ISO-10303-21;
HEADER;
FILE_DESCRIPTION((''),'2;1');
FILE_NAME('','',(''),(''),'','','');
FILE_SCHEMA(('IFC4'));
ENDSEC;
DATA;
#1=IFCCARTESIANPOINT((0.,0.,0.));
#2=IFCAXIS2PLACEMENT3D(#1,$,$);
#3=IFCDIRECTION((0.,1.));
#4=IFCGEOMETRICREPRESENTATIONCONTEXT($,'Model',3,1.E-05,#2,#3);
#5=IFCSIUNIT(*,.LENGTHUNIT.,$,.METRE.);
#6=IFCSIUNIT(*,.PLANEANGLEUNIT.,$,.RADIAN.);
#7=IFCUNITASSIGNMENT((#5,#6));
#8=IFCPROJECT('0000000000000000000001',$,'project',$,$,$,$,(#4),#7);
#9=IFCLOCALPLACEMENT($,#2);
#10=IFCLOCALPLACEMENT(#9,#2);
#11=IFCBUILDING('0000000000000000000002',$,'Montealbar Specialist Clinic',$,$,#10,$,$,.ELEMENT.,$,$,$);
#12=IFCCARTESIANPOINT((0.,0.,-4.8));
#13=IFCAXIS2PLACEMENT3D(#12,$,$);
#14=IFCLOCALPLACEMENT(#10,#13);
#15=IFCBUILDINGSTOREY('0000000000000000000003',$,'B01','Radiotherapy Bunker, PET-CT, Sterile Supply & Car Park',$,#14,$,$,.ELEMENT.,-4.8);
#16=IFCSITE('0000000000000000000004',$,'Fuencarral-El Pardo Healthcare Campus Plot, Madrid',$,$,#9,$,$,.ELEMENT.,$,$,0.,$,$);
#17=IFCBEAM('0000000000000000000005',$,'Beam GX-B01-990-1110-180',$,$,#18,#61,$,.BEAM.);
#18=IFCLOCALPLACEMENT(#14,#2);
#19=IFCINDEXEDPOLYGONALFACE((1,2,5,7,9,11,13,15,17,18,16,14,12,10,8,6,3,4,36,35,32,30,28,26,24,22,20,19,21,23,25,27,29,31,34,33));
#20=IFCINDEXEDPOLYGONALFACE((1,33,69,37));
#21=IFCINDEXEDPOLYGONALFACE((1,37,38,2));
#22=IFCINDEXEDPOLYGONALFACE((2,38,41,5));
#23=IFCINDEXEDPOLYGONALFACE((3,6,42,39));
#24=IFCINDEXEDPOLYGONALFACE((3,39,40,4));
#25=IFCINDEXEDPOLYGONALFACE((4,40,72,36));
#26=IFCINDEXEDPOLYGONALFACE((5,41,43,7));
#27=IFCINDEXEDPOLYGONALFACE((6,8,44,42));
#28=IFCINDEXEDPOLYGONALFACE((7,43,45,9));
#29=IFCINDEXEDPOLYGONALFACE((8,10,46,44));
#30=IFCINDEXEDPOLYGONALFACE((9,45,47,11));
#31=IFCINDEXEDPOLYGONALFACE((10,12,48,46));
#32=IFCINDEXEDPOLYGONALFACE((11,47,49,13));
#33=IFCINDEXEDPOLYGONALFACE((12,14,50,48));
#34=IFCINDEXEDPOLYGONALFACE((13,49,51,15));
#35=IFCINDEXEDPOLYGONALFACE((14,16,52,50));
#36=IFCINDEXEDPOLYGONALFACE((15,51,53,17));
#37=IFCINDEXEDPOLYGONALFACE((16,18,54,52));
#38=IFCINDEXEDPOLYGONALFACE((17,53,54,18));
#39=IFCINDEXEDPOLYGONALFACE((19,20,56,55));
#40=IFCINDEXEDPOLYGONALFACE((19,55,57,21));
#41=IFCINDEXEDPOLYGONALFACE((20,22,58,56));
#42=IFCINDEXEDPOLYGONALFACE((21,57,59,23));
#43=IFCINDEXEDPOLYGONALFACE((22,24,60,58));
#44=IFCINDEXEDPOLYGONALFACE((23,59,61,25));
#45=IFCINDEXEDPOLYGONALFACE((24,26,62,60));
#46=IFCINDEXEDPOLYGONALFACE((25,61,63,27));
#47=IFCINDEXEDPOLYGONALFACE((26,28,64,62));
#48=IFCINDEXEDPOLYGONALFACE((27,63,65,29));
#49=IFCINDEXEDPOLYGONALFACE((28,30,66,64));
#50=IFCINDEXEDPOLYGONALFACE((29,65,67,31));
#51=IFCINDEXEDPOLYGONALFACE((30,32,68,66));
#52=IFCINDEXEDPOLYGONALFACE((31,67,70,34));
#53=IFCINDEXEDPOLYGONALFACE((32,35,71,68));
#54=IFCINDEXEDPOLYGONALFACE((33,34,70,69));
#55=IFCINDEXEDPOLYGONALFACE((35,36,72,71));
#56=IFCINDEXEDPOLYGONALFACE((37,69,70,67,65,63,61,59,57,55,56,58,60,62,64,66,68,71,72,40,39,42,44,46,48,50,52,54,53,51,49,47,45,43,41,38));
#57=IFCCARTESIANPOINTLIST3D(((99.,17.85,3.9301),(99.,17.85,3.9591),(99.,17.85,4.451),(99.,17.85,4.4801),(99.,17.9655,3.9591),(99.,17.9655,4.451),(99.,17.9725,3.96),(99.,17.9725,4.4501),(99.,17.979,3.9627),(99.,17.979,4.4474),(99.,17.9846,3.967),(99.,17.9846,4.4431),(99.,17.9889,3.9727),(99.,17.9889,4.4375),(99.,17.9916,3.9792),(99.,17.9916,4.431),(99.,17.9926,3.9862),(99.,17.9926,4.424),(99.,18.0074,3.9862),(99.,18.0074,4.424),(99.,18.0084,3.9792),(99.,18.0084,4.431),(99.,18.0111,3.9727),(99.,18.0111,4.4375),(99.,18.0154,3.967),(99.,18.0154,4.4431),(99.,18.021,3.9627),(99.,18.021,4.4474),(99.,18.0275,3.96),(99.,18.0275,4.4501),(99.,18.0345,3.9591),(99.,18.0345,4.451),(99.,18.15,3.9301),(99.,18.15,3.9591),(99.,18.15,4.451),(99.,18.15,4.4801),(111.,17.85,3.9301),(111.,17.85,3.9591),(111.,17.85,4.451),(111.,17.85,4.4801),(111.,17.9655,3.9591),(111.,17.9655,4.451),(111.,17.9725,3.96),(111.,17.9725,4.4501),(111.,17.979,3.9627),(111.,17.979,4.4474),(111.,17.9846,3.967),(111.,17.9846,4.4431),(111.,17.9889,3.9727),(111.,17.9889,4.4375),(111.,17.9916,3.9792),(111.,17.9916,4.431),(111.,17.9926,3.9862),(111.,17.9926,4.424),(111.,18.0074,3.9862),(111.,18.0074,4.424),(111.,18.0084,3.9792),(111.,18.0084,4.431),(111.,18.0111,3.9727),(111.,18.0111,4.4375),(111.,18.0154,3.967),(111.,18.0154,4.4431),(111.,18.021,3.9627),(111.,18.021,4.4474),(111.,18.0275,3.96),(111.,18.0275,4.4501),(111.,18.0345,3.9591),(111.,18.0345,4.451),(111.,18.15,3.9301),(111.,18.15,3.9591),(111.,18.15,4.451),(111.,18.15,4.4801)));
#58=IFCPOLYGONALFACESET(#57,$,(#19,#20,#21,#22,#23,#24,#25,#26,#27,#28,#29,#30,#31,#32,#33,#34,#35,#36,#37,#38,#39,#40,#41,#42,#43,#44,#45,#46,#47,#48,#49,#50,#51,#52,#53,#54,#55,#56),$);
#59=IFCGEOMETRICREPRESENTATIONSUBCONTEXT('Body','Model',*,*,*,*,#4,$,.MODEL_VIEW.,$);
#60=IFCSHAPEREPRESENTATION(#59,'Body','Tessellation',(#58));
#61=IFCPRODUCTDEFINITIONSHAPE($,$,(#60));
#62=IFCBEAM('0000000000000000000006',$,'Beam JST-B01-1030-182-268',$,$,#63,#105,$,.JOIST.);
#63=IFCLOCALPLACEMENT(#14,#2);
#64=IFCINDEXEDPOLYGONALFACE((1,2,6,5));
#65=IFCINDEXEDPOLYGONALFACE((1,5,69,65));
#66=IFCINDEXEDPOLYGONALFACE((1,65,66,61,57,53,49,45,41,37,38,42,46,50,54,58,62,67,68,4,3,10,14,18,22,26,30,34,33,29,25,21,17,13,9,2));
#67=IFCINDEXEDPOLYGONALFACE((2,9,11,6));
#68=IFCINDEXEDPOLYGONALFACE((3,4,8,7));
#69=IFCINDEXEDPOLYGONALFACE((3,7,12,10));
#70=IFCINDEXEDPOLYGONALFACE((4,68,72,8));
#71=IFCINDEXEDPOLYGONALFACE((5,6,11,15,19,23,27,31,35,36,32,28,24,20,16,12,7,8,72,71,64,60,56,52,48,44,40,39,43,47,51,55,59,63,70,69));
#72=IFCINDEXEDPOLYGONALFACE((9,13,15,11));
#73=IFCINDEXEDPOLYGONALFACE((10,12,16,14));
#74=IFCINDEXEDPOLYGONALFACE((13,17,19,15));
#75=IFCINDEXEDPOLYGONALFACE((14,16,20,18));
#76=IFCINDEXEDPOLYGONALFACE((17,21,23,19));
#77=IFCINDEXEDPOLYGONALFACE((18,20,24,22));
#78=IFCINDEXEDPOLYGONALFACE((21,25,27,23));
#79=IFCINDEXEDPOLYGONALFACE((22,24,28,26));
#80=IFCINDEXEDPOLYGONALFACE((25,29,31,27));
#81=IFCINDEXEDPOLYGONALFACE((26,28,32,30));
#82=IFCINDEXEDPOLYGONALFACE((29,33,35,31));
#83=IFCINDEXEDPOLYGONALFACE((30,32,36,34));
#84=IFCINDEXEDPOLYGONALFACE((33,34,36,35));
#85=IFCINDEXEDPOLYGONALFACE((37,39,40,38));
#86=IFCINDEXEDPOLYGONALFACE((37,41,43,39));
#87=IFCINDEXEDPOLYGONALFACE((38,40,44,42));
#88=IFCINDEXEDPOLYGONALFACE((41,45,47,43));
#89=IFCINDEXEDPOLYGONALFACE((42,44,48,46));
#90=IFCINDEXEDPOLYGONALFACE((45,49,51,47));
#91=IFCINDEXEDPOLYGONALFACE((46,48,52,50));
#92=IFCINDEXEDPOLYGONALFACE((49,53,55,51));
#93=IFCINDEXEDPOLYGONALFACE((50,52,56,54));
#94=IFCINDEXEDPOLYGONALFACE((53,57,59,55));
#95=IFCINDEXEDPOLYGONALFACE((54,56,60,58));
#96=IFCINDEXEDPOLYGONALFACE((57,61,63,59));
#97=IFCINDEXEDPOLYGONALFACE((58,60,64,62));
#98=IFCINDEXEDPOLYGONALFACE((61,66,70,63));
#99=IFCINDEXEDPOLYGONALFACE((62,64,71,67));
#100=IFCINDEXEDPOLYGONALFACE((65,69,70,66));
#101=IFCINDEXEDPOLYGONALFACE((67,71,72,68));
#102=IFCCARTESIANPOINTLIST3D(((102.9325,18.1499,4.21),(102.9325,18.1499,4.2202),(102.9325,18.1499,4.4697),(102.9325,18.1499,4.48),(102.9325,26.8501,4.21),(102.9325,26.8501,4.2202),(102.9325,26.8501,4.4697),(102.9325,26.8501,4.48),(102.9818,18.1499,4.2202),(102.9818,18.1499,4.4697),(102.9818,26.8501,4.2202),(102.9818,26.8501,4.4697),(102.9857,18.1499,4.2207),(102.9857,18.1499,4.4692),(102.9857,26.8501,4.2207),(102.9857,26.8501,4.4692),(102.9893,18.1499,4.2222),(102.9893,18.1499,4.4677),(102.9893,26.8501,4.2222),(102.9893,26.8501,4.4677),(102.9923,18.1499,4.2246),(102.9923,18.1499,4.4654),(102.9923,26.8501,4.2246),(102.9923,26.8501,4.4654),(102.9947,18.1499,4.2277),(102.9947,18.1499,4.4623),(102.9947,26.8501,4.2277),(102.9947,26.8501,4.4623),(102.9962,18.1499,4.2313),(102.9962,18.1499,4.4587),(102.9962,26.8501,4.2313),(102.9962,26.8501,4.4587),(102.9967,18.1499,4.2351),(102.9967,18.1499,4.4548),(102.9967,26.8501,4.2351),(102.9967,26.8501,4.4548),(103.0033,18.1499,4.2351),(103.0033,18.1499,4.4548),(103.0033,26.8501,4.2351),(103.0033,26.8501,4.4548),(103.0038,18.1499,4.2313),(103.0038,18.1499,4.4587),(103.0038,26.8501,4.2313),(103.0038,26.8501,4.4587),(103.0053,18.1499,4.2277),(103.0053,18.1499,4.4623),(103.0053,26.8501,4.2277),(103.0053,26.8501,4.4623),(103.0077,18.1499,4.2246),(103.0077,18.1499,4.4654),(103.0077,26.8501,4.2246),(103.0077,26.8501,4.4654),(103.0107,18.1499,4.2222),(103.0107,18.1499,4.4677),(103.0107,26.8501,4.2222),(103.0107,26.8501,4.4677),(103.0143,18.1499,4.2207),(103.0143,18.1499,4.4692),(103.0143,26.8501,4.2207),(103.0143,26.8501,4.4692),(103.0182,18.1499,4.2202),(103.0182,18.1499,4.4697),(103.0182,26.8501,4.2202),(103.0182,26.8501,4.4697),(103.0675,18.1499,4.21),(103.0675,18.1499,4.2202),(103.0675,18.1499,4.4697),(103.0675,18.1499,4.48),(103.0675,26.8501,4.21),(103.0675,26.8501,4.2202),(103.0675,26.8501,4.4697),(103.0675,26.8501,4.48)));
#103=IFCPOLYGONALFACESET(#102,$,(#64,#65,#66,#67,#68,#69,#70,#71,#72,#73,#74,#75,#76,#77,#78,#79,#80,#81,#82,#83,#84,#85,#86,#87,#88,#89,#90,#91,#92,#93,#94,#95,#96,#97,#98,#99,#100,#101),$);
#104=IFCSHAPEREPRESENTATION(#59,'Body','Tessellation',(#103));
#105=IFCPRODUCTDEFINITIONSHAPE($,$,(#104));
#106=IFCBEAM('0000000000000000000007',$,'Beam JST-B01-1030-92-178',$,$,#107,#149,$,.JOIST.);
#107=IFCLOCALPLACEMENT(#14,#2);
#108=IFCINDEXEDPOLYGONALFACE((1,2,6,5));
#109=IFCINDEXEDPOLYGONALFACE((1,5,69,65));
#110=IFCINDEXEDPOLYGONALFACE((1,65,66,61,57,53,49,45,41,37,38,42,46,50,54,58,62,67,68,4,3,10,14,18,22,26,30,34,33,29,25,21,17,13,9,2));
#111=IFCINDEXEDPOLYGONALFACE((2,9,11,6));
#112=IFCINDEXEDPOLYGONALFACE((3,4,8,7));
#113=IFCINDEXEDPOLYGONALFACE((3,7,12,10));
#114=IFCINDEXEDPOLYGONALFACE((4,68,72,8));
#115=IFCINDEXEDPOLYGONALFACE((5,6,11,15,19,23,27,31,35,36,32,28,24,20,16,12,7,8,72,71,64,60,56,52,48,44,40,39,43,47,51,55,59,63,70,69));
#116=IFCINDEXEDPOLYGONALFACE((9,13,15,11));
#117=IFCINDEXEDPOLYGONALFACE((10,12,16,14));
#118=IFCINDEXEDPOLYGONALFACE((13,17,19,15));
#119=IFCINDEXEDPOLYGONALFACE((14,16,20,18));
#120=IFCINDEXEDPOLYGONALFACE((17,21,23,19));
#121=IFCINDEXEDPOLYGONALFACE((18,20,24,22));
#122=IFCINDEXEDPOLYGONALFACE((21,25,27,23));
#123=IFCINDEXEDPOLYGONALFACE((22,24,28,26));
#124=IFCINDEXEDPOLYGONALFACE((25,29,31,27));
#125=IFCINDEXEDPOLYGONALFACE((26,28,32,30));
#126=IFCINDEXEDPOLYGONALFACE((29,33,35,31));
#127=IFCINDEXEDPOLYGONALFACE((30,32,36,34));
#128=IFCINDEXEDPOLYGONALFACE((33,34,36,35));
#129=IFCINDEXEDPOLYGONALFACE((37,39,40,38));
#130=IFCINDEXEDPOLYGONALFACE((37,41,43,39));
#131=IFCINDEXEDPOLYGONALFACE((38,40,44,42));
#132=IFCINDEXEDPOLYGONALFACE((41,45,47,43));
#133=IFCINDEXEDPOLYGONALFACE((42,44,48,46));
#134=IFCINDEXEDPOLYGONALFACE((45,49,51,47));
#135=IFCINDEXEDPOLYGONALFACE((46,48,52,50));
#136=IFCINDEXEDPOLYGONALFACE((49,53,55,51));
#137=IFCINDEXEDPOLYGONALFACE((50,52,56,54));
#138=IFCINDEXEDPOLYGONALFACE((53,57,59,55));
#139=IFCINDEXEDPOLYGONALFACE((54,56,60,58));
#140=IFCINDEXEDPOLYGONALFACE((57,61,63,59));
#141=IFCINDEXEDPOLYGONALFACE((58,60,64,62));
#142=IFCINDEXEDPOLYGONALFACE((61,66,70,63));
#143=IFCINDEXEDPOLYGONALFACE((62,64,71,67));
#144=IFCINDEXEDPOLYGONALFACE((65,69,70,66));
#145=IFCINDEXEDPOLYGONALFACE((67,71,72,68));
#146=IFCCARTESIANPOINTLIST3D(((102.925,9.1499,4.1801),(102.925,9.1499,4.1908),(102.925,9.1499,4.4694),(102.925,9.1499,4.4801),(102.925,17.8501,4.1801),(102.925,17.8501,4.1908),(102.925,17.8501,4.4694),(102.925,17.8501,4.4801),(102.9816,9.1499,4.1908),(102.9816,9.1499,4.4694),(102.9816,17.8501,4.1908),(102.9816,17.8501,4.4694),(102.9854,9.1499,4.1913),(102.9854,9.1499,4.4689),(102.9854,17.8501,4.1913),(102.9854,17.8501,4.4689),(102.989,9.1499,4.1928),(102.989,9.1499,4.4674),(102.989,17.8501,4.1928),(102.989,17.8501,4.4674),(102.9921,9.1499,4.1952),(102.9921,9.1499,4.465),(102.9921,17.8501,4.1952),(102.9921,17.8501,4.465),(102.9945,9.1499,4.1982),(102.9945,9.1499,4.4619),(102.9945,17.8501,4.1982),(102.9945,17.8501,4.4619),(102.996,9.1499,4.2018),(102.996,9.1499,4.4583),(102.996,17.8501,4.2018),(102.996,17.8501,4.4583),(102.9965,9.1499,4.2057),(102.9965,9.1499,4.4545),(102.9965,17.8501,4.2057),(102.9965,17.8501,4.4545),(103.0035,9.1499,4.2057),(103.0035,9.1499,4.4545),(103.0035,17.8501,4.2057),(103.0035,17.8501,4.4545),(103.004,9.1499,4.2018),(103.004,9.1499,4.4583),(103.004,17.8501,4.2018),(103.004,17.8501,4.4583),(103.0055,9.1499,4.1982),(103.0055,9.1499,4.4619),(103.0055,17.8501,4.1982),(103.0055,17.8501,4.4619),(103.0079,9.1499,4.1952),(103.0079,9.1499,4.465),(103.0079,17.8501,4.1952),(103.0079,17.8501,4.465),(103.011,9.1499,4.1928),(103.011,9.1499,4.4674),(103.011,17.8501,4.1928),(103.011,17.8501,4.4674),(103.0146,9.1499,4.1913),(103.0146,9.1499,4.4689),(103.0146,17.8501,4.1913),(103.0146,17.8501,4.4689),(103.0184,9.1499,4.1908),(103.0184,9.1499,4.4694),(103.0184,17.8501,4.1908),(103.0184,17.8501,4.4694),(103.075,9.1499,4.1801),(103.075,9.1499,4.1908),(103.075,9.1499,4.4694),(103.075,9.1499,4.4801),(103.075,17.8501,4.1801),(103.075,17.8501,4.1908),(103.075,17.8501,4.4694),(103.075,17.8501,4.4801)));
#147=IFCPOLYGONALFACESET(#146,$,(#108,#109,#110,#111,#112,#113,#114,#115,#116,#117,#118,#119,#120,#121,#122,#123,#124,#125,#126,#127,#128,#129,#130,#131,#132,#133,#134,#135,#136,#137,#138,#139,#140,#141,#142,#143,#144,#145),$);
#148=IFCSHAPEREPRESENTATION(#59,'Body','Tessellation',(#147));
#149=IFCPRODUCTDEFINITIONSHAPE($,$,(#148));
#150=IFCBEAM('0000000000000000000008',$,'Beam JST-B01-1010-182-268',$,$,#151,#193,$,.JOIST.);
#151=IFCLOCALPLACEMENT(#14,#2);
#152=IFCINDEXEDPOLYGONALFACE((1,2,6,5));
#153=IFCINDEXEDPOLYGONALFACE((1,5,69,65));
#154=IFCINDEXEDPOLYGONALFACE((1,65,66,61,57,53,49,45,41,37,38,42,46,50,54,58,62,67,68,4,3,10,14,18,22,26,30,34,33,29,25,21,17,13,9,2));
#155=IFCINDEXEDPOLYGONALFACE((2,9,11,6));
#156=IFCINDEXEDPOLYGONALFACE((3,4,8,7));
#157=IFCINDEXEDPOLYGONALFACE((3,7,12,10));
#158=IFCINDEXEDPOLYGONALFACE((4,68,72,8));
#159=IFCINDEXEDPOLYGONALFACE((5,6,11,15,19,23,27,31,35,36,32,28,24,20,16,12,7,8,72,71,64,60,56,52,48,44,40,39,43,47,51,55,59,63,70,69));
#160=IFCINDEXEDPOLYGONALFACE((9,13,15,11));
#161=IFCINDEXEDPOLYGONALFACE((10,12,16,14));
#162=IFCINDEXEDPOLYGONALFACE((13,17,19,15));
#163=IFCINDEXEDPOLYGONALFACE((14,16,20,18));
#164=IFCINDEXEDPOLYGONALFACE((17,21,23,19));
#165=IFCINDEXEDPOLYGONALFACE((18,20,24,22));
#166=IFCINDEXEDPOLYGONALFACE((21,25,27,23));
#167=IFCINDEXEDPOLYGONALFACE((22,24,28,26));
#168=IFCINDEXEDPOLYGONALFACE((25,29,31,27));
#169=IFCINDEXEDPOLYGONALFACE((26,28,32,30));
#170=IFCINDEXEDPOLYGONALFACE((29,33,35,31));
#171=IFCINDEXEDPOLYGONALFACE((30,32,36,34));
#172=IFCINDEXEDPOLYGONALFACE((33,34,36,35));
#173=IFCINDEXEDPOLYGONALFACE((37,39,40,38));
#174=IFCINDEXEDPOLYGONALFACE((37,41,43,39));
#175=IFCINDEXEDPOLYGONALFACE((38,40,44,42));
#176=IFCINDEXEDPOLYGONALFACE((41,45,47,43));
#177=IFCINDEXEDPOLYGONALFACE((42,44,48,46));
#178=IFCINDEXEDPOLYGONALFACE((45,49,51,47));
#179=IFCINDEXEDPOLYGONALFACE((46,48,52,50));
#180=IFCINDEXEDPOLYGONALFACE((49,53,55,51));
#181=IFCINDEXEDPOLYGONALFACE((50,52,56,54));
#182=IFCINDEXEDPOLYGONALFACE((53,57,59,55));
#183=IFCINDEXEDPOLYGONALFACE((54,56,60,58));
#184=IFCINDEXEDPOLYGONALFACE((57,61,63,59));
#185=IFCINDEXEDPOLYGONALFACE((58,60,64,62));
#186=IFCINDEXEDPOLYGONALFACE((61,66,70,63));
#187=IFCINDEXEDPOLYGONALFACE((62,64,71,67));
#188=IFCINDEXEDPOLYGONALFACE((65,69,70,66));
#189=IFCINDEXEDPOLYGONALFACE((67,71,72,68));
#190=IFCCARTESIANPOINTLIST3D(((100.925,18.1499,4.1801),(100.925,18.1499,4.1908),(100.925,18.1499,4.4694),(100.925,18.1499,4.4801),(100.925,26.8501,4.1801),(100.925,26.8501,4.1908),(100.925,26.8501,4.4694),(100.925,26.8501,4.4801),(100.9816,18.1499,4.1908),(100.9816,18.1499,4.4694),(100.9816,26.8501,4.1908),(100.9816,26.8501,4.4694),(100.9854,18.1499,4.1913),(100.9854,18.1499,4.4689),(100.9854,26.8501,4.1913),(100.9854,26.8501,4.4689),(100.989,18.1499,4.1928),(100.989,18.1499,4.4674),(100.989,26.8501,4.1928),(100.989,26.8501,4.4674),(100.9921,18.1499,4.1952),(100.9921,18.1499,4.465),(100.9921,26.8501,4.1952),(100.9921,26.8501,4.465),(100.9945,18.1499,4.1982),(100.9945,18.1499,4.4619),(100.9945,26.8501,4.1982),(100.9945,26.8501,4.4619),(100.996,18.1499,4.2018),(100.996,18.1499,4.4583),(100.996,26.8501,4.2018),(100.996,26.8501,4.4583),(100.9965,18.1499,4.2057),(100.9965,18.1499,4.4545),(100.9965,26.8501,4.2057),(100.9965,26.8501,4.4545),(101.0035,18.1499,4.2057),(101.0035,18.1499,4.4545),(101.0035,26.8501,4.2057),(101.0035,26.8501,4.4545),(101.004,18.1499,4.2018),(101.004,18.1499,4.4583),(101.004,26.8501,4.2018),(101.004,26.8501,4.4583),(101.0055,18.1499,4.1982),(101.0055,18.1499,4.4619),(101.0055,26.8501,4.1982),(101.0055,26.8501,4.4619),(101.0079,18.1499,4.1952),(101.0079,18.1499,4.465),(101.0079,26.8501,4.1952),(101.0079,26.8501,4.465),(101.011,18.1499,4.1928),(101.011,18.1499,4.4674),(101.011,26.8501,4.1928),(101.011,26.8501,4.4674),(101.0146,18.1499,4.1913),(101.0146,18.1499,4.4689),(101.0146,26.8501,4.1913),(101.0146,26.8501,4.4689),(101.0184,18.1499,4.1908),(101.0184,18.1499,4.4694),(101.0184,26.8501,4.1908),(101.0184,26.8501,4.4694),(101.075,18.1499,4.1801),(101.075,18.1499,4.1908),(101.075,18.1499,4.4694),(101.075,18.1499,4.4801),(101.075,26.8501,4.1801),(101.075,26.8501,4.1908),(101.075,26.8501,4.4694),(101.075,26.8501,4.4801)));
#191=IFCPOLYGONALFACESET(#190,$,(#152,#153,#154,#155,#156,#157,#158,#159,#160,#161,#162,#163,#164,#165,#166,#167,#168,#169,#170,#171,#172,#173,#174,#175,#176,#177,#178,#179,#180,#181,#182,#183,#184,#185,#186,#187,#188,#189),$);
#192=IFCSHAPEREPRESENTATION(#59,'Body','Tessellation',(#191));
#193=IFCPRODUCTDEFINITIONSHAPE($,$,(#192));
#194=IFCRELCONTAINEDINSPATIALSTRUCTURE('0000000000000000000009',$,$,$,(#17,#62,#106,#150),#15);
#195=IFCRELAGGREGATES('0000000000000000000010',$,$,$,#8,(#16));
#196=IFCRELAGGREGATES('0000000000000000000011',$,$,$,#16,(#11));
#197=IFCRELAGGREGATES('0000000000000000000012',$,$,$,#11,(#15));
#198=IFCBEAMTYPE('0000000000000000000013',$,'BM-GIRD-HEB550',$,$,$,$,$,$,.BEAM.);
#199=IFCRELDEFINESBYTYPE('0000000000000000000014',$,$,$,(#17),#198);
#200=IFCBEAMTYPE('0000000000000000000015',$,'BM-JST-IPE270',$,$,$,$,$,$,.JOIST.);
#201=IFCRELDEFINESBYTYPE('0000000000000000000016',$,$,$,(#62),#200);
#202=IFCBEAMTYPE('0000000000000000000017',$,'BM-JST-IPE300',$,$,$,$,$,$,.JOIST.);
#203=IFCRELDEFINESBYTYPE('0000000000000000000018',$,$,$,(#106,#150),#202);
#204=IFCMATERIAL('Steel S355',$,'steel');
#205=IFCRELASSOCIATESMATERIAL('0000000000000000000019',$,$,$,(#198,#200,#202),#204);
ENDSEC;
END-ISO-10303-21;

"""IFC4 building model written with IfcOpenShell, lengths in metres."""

from ifc_helpers import new_model, si_unit, direction, frame, origin, origin_2d, place, context, subcontext, project, spatial, i_section, extrude, material, material_profile, profile_set, type_object, element, save


model = new_model("IFC4")

# Units and contexts
model_context = context("Model", 3, precision=1e-05, world=origin(), true_north=direction((0.0, 1.0)))
body_context = subcontext(model_context, "Body", "Model", "MODEL_VIEW")
ifc_project = project(units=[si_unit("LENGTHUNIT", "METRE"), si_unit("PLANEANGLEUNIT", "RADIAN")], contexts=[model_context])

# Site, building, storey
site_placement = place(None, origin())
site = spatial("IfcSite", under=ifc_project, at=site_placement, Name="Fuencarral-El Pardo Healthcare Campus Plot, Madrid", CompositionType="ELEMENT", RefElevation=0.0)
building_placement = place(site_placement, origin())
building = spatial("IfcBuilding", under=site, at=building_placement, Name="Montealbar Specialist Clinic", CompositionType="ELEMENT")
storey_placement = place(building_placement, frame((0.0, 0.0, -4.8)))
storey = spatial("IfcBuildingStorey", under=building, at=storey_placement, Name="B01", Description="Radiotherapy Bunker, PET-CT, Sterile Supply & Car Park", CompositionType="ELEMENT", Elevation=-4.8)

# Shared definitions
ifc_material_1 = material(Name="Steel S355", Category="steel")

# Beams
ifc_material_profile_1 = material_profile(ifc_material_1, i_section(OverallWidth=0.3, OverallDepth=0.55, WebThickness=0.0149, FlangeThickness=0.0291, FilletRadius=0.0271, at=origin_2d()), Name="HEB 550", Category="steel")
ifc_profile_set_1 = profile_set([ifc_material_profile_1], Name="Steel S355")
beam_type_1 = type_object("IfcBeamType", Name="BM-GIRD-HEB550", PredefinedType="BEAM", material=ifc_profile_set_1)
beam_1_placement = place(storey_placement, frame((99.0, 18.0, 4.2051), z_axis=(1.0, 0.0, 0.0), x_axis=(0.0, 1.0, 0.0)))
element("IfcBeam", 1, at=beam_1_placement, inside=storey, type_object=beam_type_1, Name="Beam GX-B01-990-1110-180", PredefinedType="BEAM", context=body_context, shape_type="SweptSolid", body=[
    extrude(i_section(OverallWidth=0.3, OverallDepth=0.55, WebThickness=0.0149, FlangeThickness=0.0291, FilletRadius=0.0271, at=origin_2d()), origin(), (0.0, 0.0, 1.0), 12.0),
])
ifc_material_profile_2 = material_profile(ifc_material_1, i_section(OverallWidth=0.135, OverallDepth=0.27, WebThickness=0.0066, FlangeThickness=0.0103, FilletRadius=0.0149, at=origin_2d()), Name="IPE 270", Category="steel")
ifc_profile_set_2 = profile_set([ifc_material_profile_2], Name="Steel S355")
beam_type_2 = type_object("IfcBeamType", Name="BM-JST-IPE270", PredefinedType="JOIST", material=ifc_profile_set_2)
beam_2_placement = place(storey_placement, frame((103.0, 18.1499, 4.345), z_axis=(0.0, 1.0, 0.0), x_axis=(-1.0, 0.0, 0.0)))
element("IfcBeam", 2, at=beam_2_placement, inside=storey, type_object=beam_type_2, Name="Beam JST-B01-1030-182-268", PredefinedType="JOIST", context=body_context, shape_type="SweptSolid", body=[
    extrude(i_section(OverallWidth=0.135, OverallDepth=0.27, WebThickness=0.0066, FlangeThickness=0.0103, FilletRadius=0.0149, at=origin_2d()), origin(), (0.0, 0.0, 1.0), 8.7002),
])
ifc_material_profile_3 = material_profile(ifc_material_1, i_section(OverallWidth=0.1499, OverallDepth=0.3, WebThickness=0.0071, FlangeThickness=0.0107, FilletRadius=0.0149, at=origin_2d()), Name="IPE 300", Category="steel")
ifc_profile_set_3 = profile_set([ifc_material_profile_3], Name="Steel S355")
beam_type_3 = type_object("IfcBeamType", Name="BM-JST-IPE300", PredefinedType="JOIST", material=ifc_profile_set_3)
for number, where, z_axis, x_axis, name in (
    (3, (103.0, 9.1499, 4.3301), (0.0, 1.0, 0.0), (-1.0, 0.0, 0.0), "Beam JST-B01-1030-92-178"),
    (4, (101.0, 18.1499, 4.3301), (0.0, 1.0, 0.0), (-1.0, 0.0, 0.0), "Beam JST-B01-1010-182-268"),
):
    element("IfcBeam", number, at=place(storey_placement, frame(where, z_axis=z_axis, x_axis=x_axis)), inside=storey, type_object=beam_type_3, Name=name, PredefinedType="JOIST", context=body_context, shape_type="SweptSolid", body=[
        extrude(i_section(OverallWidth=0.1499, OverallDepth=0.3, WebThickness=0.0071, FlangeThickness=0.0107, FilletRadius=0.0149, at=origin_2d()), origin(), (0.0, 0.0, 1.0), 8.7002),
    ])

save(model, "model.ifc")
